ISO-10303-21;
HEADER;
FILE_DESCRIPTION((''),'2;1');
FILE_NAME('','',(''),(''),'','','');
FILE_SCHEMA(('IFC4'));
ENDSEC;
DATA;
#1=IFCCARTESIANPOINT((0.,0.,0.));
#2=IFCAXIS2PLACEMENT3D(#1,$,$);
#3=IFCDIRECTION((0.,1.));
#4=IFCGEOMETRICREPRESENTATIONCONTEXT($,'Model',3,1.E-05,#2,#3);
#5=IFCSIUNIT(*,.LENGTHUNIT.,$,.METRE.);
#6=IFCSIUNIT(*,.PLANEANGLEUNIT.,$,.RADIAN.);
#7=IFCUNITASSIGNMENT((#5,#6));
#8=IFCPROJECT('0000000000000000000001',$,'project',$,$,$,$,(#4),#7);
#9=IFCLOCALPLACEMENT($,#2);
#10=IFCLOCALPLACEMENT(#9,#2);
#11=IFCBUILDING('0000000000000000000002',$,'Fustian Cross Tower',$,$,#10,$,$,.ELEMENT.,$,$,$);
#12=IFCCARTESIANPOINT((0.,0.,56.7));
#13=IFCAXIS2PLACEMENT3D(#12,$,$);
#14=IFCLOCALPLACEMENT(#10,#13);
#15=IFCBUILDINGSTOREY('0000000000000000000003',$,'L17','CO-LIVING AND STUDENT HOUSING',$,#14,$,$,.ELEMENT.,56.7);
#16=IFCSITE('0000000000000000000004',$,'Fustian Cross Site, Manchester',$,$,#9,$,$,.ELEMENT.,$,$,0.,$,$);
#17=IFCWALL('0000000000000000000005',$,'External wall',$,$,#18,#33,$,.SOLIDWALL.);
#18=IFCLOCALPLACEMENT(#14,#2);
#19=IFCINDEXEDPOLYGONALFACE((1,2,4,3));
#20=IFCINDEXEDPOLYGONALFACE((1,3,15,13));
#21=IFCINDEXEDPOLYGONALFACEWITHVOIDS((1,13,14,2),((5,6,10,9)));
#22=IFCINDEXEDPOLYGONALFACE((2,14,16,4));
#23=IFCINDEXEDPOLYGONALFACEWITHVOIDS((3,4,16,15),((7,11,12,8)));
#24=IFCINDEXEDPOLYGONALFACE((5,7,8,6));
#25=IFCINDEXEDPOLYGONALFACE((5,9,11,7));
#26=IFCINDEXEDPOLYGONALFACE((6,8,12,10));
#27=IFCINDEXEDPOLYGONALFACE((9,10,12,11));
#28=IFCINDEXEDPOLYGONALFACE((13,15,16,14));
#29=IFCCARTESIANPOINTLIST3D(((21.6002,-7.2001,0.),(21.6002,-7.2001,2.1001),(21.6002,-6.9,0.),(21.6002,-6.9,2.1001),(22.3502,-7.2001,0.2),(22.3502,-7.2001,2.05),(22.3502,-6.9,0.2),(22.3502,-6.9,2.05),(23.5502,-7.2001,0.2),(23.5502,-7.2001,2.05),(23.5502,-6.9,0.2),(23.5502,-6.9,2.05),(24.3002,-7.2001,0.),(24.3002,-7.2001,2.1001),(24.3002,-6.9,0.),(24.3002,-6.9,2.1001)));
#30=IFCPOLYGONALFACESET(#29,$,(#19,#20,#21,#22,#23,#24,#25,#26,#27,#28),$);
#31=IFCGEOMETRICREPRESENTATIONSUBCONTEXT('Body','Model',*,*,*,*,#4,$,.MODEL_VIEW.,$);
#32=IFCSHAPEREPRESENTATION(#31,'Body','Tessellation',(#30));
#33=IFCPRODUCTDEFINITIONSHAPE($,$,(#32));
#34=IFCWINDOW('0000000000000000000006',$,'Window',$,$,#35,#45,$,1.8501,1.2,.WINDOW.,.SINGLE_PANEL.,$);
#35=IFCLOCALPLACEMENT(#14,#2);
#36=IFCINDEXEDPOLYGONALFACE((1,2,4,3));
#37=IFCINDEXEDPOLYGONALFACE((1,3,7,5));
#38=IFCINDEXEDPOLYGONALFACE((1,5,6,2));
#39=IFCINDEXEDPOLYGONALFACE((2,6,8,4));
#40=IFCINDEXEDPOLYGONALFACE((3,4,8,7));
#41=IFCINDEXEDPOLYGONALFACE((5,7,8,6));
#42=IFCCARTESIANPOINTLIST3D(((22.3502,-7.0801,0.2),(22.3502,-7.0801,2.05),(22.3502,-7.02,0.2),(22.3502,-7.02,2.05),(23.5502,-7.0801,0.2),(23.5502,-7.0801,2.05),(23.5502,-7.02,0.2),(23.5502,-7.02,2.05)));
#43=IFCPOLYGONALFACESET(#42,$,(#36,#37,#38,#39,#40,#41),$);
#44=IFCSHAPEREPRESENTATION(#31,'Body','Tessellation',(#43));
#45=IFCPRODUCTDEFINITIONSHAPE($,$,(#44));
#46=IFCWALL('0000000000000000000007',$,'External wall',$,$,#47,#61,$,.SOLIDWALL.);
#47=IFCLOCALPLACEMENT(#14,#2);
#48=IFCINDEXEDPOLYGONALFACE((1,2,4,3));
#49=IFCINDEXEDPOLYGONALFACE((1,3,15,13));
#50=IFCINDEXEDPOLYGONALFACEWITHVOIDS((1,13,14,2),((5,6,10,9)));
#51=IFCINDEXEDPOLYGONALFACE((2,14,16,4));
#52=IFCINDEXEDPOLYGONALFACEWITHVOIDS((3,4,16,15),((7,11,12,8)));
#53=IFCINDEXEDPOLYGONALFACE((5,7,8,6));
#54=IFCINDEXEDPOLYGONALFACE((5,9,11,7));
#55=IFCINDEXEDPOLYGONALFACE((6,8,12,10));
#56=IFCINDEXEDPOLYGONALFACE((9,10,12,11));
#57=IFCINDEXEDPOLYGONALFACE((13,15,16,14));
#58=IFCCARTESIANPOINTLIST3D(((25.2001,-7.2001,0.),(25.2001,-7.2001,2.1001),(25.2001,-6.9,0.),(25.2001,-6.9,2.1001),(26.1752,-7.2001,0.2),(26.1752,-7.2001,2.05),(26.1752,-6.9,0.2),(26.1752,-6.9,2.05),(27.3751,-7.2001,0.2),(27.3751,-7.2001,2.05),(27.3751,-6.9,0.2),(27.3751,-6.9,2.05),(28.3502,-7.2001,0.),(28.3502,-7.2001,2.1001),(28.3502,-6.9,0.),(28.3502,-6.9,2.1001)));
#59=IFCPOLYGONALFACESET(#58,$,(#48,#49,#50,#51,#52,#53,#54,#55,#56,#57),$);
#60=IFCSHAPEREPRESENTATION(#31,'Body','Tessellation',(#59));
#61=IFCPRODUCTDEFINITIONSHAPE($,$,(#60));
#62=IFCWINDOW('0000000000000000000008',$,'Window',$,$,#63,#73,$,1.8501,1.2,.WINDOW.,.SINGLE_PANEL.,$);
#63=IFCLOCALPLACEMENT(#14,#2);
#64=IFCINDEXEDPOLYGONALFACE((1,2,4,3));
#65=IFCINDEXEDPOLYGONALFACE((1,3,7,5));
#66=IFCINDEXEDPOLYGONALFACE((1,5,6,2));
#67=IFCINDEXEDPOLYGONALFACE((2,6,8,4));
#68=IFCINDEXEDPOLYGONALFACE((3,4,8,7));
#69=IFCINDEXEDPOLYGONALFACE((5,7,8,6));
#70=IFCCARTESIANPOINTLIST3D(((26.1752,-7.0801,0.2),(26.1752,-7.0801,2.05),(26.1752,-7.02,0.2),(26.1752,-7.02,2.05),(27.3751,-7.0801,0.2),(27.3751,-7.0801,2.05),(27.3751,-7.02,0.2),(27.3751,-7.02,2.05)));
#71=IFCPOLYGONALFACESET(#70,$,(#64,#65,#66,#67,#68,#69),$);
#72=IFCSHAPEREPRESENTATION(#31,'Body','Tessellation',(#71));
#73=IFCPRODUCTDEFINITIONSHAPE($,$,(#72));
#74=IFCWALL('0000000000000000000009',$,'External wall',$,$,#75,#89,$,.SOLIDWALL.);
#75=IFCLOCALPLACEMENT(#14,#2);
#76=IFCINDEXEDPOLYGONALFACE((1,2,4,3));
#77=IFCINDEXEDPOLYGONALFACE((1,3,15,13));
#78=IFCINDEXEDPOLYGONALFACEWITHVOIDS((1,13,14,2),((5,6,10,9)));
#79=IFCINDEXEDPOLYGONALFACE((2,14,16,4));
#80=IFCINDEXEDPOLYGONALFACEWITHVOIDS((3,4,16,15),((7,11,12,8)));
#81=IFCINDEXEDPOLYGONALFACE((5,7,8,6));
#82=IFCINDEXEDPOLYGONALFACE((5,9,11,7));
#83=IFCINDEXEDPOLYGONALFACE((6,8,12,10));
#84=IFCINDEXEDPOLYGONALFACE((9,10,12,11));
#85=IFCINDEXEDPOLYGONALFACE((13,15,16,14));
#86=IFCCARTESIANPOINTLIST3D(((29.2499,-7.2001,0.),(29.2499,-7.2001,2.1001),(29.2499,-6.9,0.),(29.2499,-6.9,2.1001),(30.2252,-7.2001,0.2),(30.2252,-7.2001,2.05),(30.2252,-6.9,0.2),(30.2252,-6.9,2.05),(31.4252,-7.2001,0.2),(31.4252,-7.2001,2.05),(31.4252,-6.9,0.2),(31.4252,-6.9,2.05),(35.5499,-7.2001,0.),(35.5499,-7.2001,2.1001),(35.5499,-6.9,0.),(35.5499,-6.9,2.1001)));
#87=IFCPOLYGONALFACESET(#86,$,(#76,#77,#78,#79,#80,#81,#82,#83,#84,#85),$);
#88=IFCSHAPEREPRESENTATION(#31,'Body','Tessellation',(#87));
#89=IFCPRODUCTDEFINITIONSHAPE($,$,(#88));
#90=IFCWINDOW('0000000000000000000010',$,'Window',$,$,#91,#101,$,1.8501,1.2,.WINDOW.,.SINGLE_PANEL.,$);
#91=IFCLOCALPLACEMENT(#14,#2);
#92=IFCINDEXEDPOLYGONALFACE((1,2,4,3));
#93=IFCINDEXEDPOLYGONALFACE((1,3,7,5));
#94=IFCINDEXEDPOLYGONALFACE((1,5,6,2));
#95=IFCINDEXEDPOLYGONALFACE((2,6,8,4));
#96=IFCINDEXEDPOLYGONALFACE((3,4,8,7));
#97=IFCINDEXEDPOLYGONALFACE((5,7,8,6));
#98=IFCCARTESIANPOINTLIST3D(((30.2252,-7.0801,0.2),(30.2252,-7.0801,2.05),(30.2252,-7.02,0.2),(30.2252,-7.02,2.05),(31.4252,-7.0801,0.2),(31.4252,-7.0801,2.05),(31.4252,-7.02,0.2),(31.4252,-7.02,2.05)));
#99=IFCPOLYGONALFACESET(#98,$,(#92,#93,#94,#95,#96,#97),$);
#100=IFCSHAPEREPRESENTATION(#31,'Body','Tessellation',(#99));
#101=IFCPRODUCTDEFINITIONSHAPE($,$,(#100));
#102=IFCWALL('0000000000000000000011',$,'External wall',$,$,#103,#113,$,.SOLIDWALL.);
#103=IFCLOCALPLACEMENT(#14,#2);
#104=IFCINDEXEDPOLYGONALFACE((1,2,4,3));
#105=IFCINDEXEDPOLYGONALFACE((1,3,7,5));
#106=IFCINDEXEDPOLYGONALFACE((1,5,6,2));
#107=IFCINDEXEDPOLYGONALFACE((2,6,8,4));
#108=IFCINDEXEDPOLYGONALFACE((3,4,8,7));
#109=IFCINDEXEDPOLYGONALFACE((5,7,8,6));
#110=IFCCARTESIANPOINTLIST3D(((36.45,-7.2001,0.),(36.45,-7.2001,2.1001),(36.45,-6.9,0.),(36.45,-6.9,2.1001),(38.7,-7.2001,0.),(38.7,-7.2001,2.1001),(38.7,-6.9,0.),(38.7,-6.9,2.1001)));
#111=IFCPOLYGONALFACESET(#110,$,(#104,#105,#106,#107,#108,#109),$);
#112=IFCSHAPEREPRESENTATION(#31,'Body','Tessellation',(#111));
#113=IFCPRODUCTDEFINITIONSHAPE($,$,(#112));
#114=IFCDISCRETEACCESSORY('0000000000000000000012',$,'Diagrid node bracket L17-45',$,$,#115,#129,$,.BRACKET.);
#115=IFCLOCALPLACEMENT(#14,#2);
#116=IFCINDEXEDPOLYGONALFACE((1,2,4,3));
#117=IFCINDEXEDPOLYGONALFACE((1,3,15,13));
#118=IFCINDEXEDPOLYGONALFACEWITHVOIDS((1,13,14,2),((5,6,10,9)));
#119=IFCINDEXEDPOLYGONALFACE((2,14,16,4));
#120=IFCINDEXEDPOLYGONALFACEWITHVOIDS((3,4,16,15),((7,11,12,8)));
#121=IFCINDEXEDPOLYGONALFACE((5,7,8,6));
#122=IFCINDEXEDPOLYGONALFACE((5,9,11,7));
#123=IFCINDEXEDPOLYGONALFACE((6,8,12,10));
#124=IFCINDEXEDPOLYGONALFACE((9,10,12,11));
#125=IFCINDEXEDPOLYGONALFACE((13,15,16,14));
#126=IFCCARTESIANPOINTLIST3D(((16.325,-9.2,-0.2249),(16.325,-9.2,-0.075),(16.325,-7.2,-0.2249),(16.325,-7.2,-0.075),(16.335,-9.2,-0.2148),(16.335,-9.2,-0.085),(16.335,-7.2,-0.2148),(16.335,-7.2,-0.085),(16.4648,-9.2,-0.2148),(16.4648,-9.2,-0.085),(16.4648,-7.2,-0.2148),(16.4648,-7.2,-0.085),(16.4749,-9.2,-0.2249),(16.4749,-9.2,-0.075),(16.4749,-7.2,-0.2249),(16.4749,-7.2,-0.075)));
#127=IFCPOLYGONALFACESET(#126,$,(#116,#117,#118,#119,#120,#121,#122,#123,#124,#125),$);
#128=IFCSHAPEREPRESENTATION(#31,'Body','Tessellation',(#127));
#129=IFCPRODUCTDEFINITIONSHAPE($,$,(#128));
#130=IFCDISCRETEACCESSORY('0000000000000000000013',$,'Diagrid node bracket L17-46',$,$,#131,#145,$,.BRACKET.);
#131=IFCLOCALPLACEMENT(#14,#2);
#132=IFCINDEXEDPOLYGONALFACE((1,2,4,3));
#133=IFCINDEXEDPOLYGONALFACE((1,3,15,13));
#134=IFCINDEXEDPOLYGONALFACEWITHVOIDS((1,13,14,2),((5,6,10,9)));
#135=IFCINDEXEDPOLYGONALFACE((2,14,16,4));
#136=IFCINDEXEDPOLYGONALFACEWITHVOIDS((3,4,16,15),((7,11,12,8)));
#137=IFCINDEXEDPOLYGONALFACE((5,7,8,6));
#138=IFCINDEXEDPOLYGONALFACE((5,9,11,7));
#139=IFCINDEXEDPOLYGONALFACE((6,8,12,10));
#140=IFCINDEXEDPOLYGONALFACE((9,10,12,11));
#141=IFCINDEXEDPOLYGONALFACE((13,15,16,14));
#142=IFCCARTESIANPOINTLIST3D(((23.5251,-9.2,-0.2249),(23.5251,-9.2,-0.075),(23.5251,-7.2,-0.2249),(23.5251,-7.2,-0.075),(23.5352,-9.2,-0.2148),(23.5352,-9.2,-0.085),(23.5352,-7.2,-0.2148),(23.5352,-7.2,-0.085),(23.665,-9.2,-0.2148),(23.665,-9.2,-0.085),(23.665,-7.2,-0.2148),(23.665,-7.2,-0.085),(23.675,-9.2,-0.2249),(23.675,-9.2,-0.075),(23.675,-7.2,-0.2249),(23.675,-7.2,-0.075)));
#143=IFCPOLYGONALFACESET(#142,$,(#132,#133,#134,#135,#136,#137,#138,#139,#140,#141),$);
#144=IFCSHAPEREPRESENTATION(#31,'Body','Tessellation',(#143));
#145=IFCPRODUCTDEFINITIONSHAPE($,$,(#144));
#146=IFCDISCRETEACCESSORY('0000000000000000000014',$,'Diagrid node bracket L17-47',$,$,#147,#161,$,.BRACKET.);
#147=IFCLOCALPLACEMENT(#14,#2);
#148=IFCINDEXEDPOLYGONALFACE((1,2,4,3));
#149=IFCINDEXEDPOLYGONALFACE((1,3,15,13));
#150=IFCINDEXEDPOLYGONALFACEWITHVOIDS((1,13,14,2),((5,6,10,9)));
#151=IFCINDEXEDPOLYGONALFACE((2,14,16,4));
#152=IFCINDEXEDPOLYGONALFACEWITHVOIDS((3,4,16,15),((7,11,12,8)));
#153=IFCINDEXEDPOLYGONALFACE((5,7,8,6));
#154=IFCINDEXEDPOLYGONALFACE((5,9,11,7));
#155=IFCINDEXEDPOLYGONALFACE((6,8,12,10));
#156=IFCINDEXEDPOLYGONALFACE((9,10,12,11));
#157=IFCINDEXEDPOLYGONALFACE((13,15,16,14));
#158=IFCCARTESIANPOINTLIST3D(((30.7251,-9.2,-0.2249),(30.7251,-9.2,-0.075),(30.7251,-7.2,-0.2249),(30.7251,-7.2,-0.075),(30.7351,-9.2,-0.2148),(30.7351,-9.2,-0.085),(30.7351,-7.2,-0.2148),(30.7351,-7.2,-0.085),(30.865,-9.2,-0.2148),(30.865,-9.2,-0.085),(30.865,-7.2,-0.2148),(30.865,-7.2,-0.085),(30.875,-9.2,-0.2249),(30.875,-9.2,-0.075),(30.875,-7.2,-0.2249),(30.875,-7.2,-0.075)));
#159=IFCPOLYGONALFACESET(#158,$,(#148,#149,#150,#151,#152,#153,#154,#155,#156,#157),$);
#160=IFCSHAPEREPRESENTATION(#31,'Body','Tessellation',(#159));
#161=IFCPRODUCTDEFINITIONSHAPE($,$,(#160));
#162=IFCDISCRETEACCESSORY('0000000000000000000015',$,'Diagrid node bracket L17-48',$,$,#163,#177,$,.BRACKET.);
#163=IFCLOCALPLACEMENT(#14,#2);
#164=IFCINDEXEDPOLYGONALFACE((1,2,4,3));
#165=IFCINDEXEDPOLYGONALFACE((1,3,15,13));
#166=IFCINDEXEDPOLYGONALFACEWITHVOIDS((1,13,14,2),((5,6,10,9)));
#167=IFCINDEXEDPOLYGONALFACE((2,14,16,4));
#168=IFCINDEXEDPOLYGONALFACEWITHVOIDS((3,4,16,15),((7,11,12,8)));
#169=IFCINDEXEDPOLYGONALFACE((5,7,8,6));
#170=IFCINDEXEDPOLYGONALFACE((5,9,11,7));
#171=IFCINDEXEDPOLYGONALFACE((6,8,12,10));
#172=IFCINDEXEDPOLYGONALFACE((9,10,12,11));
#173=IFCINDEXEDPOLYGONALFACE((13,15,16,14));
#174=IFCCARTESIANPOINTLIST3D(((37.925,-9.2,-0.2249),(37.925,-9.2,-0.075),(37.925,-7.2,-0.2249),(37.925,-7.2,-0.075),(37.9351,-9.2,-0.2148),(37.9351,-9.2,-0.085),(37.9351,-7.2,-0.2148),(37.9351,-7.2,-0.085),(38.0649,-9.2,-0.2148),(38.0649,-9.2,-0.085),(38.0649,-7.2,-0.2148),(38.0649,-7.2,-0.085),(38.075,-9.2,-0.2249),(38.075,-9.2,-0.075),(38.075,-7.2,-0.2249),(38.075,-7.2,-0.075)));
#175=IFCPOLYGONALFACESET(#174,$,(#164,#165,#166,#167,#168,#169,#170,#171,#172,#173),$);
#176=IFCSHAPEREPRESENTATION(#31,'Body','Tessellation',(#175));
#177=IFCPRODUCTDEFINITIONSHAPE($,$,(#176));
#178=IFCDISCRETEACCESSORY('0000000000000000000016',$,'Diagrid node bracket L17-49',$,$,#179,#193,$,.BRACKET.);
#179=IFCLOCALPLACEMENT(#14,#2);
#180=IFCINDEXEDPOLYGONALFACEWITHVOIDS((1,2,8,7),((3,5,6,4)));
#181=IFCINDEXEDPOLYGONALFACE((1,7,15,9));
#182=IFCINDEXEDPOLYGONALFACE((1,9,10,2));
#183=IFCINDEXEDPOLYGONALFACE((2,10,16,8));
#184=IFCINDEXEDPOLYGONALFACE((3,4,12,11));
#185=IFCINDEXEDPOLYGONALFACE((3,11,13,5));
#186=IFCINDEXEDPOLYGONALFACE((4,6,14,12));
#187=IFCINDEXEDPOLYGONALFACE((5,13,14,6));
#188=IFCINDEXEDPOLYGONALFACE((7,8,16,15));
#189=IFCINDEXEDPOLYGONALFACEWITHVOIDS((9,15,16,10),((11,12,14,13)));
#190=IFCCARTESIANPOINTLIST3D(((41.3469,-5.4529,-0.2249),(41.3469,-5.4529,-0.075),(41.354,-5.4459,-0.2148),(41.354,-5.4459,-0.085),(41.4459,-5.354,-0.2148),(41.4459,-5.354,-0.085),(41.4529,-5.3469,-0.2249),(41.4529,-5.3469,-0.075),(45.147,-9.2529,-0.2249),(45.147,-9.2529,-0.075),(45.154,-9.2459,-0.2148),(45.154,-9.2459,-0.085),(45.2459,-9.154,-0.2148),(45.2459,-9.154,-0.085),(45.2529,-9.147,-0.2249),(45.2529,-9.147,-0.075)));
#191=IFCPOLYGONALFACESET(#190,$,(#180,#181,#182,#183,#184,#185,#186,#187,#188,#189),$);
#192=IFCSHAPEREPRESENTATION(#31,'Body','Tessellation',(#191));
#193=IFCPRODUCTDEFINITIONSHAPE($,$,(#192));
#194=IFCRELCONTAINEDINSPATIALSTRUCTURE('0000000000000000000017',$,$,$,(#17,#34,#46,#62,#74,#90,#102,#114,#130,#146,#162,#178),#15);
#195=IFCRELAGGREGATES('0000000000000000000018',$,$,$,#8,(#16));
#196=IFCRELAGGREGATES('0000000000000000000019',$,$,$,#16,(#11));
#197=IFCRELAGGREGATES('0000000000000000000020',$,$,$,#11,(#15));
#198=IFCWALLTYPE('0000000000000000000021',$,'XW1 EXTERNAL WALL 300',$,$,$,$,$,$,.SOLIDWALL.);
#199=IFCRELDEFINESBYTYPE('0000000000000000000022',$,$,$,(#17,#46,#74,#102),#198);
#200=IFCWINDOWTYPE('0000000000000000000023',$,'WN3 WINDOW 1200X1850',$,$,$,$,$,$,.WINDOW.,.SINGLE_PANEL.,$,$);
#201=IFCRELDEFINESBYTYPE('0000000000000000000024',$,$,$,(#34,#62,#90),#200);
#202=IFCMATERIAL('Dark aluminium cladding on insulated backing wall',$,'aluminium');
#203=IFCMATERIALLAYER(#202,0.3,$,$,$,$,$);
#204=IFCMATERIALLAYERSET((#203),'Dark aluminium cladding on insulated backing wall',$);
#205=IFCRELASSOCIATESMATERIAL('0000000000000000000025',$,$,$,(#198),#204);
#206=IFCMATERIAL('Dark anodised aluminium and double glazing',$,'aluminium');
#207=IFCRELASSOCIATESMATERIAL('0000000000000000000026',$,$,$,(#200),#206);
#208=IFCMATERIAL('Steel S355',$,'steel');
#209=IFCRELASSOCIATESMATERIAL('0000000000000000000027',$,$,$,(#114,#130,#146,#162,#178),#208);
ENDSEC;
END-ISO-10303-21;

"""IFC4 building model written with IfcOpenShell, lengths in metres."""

from ifc_helpers import new_model, si_unit, direction, frame, frame_2d, origin, origin_2d, place, context, subcontext, project, spatial, rectangle, hollow_rectangle, extrude, material, layer, layer_set, type_object, element, fill, save


model = new_model("IFC4")

# Units and contexts
model_context = context("Model", 3, precision=1e-05, world=origin(), true_north=direction((0.0, 1.0)))
body_context = subcontext(model_context, "Body", "Model", "MODEL_VIEW")
ifc_project = project(units=[si_unit("LENGTHUNIT", "METRE"), si_unit("PLANEANGLEUNIT", "RADIAN")], contexts=[model_context])

# Site, building, storey
site_placement = place(None, origin())
site = spatial("IfcSite", under=ifc_project, at=site_placement, Name="Fustian Cross Site, Manchester", CompositionType="ELEMENT", RefElevation=0.0)
building_placement = place(site_placement, origin())
building = spatial("IfcBuilding", under=site, at=building_placement, Name="Fustian Cross Tower", CompositionType="ELEMENT")
storey_placement = place(building_placement, frame((0.0, 0.0, 56.7)))
storey = spatial("IfcBuildingStorey", under=building, at=storey_placement, Name="L17", Description="CO-LIVING AND STUDENT HOUSING", CompositionType="ELEMENT", Elevation=56.7)

# Walls, openings, windows
ifc_material_1 = material(Name="Dark aluminium cladding on insulated backing wall", Category="aluminium")
ifc_layer_1 = layer(ifc_material_1, 0.3)
ifc_layer_set_1 = layer_set([ifc_layer_1], Name="Dark aluminium cladding on insulated backing wall")
wall_type_1 = type_object("IfcWallType", Name="XW1 EXTERNAL WALL 300", PredefinedType="SOLIDWALL", material=ifc_layer_set_1)
wall_1_placement = place(storey_placement, frame((21.6001, -7.05, 0.0), z_axis=(0.0, 0.0, 1.0), x_axis=(1.0, 0.0, 0.0)))
wall_1 = element("IfcWall", 1, at=wall_1_placement, inside=storey, type_object=wall_type_1, Name="External wall", PredefinedType="SOLIDWALL", context=body_context, shape_type="SweptSolid", body=[
    extrude(rectangle(XDim=2.7, YDim=0.3, at=frame_2d((1.3501, 0.0))), origin(), (0.0, 0.0, 1.0), 2.1001),
])
opening_1_placement = place(wall_1_placement, frame((0.75, 0.0, 0.2)))
opening_1 = element("IfcOpeningElement", 2, at=opening_1_placement, cuts=wall_1, PredefinedType="OPENING", context=body_context, shape_type="SweptSolid", body=[
    extrude(rectangle(XDim=1.2, YDim=1.8501, at=frame_2d((0.6001, 0.925))), frame((0.0, 0.1599, 0.0), z_axis=(0.0, -1.0, 0.0), x_axis=(1.0, 0.0, 0.0)), (0.0, 0.0, 1.0), 0.3201),
])
ifc_material_2 = material(Name="Dark anodised aluminium and double glazing", Category="aluminium")
window_type = type_object("IfcWindowType", Name="WN3 WINDOW 1200X1850", PartitioningType="SINGLE_PANEL", PredefinedType="WINDOW", material=ifc_material_2)
window_1_placement = place(opening_1_placement, origin())
window_1 = element("IfcWindow", 3, at=window_1_placement, inside=storey, type_object=window_type, Name="Window", OverallHeight=1.8501, OverallWidth=1.2, PartitioningType="SINGLE_PANEL", PredefinedType="WINDOW", context=body_context, shape_type="SweptSolid", body=[
    extrude(rectangle(XDim=1.2, YDim=1.8501, at=frame_2d((0.6001, 0.925))), frame((0.0, 0.03, 0.0), z_axis=(0.0, -1.0, 0.0), x_axis=(1.0, 0.0, 0.0)), (0.0, 0.0, 1.0), 0.0601),
])
fill(opening_1, window_1)
wall_2_placement = place(storey_placement, frame((25.2, -7.05, 0.0), z_axis=(0.0, 0.0, 1.0), x_axis=(1.0, 0.0, 0.0)))
wall_2 = element("IfcWall", 4, at=wall_2_placement, inside=storey, type_object=wall_type_1, Name="External wall", PredefinedType="SOLIDWALL", context=body_context, shape_type="SweptSolid", body=[
    extrude(rectangle(XDim=3.1501, YDim=0.3, at=frame_2d((1.5752, 0.0))), origin(), (0.0, 0.0, 1.0), 2.1001),
])
opening_2_placement = place(wall_2_placement, frame((0.9751, 0.0, 0.2)))
opening_2 = element("IfcOpeningElement", 5, at=opening_2_placement, cuts=wall_2, PredefinedType="OPENING", context=body_context, shape_type="SweptSolid", body=[
    extrude(rectangle(XDim=1.2, YDim=1.8501, at=frame_2d((0.6001, 0.925))), frame((0.0, 0.1599, 0.0), z_axis=(0.0, -1.0, 0.0), x_axis=(1.0, 0.0, 0.0)), (0.0, 0.0, 1.0), 0.3201),
])
window_2_placement = place(opening_2_placement, origin())
window_2 = element("IfcWindow", 6, at=window_2_placement, inside=storey, type_object=window_type, Name="Window", OverallHeight=1.8501, OverallWidth=1.2, PartitioningType="SINGLE_PANEL", PredefinedType="WINDOW", context=body_context, shape_type="SweptSolid", body=[
    extrude(rectangle(XDim=1.2, YDim=1.8501, at=frame_2d((0.6001, 0.925))), frame((0.0, 0.03, 0.0), z_axis=(0.0, -1.0, 0.0), x_axis=(1.0, 0.0, 0.0)), (0.0, 0.0, 1.0), 0.0601),
])
fill(opening_2, window_2)
wall_3_placement = place(storey_placement, frame((29.25, -7.05, 0.0), z_axis=(0.0, 0.0, 1.0), x_axis=(1.0, 0.0, 0.0)))
wall_3 = element("IfcWall", 7, at=wall_3_placement, inside=storey, type_object=wall_type_1, Name="External wall", PredefinedType="SOLIDWALL", context=body_context, shape_type="SweptSolid", body=[
    extrude(rectangle(XDim=6.3, YDim=0.3, at=frame_2d((3.1499, 0.0))), origin(), (0.0, 0.0, 1.0), 2.1001),
])
opening_3_placement = place(wall_3_placement, frame((0.9751, 0.0, 0.2)))
opening_3 = element("IfcOpeningElement", 8, at=opening_3_placement, cuts=wall_3, PredefinedType="OPENING", context=body_context, shape_type="SweptSolid", body=[
    extrude(rectangle(XDim=1.2, YDim=1.8501, at=frame_2d((0.6001, 0.925))), frame((0.0, 0.1599, 0.0), z_axis=(0.0, -1.0, 0.0), x_axis=(1.0, 0.0, 0.0)), (0.0, 0.0, 1.0), 0.3201),
])
window_3_placement = place(opening_3_placement, origin())
window_3 = element("IfcWindow", 9, at=window_3_placement, inside=storey, type_object=window_type, Name="Window", OverallHeight=1.8501, OverallWidth=1.2, PartitioningType="SINGLE_PANEL", PredefinedType="WINDOW", context=body_context, shape_type="SweptSolid", body=[
    extrude(rectangle(XDim=1.2, YDim=1.8501, at=frame_2d((0.6001, 0.925))), frame((0.0, 0.03, 0.0), z_axis=(0.0, -1.0, 0.0), x_axis=(1.0, 0.0, 0.0)), (0.0, 0.0, 1.0), 0.0601),
])
fill(opening_3, window_3)

# Wall
wall_4_placement = place(storey_placement, frame((36.45, -7.05, 0.0), z_axis=(0.0, 0.0, 1.0), x_axis=(1.0, 0.0, 0.0)))
element("IfcWall", 10, at=wall_4_placement, inside=storey, type_object=wall_type_1, Name="External wall", PredefinedType="SOLIDWALL", context=body_context, shape_type="SweptSolid", body=[
    extrude(rectangle(XDim=2.25, YDim=0.3, at=frame_2d((1.125, 0.0))), origin(), (0.0, 0.0, 1.0), 2.1001),
])

# Discrete accessories
ifc_material_3 = material(Name="Steel S355", Category="steel")
for number, where, z_axis, x_axis, name in (
    (11, (16.3999, -9.2, -0.1499), (0.0, 1.0, 0.0), (-1.0, 0.0, 0.0), "Diagrid node bracket L17-45"),
    (12, (23.6001, -9.2, -0.1499), (0.0, 1.0, 0.0), (-1.0, 0.0, 0.0), "Diagrid node bracket L17-46"),
    (13, (30.8, -9.2, -0.1499), (0.0, 1.0, 0.0), (-1.0, 0.0, 0.0), "Diagrid node bracket L17-47"),
    (14, (38.0, -9.2, -0.1499), (0.0, 1.0, 0.0), (-1.0, 0.0, 0.0), "Diagrid node bracket L17-48"),
):
    element("IfcDiscreteAccessory", number, at=place(storey_placement, frame(where, z_axis=z_axis, x_axis=x_axis)), inside=storey, material=ifc_material_3, Name=name, PredefinedType="BRACKET", context=body_context, shape_type="SweptSolid", body=[
        extrude(hollow_rectangle(XDim=0.1499, YDim=0.1499, WallThickness=0.01, at=origin_2d()), origin(), (0.0, 0.0, 1.0), 2.0),
    ])
discrete_accessory_placement = place(storey_placement, frame((45.2, -9.2, -0.1499), z_axis=(-0.707107, 0.707107, 0.0), x_axis=(-0.707107, -0.707107, 0.0)))
element("IfcDiscreteAccessory", 15, at=discrete_accessory_placement, inside=storey, material=ifc_material_3, Name="Diagrid node bracket L17-49", PredefinedType="BRACKET", context=body_context, shape_type="SweptSolid", body=[
    extrude(hollow_rectangle(XDim=0.1499, YDim=0.1499, WallThickness=0.01, at=origin_2d()), origin(), (0.0, 0.0, 1.0), 5.374),
])

save(model, "model.ifc")
